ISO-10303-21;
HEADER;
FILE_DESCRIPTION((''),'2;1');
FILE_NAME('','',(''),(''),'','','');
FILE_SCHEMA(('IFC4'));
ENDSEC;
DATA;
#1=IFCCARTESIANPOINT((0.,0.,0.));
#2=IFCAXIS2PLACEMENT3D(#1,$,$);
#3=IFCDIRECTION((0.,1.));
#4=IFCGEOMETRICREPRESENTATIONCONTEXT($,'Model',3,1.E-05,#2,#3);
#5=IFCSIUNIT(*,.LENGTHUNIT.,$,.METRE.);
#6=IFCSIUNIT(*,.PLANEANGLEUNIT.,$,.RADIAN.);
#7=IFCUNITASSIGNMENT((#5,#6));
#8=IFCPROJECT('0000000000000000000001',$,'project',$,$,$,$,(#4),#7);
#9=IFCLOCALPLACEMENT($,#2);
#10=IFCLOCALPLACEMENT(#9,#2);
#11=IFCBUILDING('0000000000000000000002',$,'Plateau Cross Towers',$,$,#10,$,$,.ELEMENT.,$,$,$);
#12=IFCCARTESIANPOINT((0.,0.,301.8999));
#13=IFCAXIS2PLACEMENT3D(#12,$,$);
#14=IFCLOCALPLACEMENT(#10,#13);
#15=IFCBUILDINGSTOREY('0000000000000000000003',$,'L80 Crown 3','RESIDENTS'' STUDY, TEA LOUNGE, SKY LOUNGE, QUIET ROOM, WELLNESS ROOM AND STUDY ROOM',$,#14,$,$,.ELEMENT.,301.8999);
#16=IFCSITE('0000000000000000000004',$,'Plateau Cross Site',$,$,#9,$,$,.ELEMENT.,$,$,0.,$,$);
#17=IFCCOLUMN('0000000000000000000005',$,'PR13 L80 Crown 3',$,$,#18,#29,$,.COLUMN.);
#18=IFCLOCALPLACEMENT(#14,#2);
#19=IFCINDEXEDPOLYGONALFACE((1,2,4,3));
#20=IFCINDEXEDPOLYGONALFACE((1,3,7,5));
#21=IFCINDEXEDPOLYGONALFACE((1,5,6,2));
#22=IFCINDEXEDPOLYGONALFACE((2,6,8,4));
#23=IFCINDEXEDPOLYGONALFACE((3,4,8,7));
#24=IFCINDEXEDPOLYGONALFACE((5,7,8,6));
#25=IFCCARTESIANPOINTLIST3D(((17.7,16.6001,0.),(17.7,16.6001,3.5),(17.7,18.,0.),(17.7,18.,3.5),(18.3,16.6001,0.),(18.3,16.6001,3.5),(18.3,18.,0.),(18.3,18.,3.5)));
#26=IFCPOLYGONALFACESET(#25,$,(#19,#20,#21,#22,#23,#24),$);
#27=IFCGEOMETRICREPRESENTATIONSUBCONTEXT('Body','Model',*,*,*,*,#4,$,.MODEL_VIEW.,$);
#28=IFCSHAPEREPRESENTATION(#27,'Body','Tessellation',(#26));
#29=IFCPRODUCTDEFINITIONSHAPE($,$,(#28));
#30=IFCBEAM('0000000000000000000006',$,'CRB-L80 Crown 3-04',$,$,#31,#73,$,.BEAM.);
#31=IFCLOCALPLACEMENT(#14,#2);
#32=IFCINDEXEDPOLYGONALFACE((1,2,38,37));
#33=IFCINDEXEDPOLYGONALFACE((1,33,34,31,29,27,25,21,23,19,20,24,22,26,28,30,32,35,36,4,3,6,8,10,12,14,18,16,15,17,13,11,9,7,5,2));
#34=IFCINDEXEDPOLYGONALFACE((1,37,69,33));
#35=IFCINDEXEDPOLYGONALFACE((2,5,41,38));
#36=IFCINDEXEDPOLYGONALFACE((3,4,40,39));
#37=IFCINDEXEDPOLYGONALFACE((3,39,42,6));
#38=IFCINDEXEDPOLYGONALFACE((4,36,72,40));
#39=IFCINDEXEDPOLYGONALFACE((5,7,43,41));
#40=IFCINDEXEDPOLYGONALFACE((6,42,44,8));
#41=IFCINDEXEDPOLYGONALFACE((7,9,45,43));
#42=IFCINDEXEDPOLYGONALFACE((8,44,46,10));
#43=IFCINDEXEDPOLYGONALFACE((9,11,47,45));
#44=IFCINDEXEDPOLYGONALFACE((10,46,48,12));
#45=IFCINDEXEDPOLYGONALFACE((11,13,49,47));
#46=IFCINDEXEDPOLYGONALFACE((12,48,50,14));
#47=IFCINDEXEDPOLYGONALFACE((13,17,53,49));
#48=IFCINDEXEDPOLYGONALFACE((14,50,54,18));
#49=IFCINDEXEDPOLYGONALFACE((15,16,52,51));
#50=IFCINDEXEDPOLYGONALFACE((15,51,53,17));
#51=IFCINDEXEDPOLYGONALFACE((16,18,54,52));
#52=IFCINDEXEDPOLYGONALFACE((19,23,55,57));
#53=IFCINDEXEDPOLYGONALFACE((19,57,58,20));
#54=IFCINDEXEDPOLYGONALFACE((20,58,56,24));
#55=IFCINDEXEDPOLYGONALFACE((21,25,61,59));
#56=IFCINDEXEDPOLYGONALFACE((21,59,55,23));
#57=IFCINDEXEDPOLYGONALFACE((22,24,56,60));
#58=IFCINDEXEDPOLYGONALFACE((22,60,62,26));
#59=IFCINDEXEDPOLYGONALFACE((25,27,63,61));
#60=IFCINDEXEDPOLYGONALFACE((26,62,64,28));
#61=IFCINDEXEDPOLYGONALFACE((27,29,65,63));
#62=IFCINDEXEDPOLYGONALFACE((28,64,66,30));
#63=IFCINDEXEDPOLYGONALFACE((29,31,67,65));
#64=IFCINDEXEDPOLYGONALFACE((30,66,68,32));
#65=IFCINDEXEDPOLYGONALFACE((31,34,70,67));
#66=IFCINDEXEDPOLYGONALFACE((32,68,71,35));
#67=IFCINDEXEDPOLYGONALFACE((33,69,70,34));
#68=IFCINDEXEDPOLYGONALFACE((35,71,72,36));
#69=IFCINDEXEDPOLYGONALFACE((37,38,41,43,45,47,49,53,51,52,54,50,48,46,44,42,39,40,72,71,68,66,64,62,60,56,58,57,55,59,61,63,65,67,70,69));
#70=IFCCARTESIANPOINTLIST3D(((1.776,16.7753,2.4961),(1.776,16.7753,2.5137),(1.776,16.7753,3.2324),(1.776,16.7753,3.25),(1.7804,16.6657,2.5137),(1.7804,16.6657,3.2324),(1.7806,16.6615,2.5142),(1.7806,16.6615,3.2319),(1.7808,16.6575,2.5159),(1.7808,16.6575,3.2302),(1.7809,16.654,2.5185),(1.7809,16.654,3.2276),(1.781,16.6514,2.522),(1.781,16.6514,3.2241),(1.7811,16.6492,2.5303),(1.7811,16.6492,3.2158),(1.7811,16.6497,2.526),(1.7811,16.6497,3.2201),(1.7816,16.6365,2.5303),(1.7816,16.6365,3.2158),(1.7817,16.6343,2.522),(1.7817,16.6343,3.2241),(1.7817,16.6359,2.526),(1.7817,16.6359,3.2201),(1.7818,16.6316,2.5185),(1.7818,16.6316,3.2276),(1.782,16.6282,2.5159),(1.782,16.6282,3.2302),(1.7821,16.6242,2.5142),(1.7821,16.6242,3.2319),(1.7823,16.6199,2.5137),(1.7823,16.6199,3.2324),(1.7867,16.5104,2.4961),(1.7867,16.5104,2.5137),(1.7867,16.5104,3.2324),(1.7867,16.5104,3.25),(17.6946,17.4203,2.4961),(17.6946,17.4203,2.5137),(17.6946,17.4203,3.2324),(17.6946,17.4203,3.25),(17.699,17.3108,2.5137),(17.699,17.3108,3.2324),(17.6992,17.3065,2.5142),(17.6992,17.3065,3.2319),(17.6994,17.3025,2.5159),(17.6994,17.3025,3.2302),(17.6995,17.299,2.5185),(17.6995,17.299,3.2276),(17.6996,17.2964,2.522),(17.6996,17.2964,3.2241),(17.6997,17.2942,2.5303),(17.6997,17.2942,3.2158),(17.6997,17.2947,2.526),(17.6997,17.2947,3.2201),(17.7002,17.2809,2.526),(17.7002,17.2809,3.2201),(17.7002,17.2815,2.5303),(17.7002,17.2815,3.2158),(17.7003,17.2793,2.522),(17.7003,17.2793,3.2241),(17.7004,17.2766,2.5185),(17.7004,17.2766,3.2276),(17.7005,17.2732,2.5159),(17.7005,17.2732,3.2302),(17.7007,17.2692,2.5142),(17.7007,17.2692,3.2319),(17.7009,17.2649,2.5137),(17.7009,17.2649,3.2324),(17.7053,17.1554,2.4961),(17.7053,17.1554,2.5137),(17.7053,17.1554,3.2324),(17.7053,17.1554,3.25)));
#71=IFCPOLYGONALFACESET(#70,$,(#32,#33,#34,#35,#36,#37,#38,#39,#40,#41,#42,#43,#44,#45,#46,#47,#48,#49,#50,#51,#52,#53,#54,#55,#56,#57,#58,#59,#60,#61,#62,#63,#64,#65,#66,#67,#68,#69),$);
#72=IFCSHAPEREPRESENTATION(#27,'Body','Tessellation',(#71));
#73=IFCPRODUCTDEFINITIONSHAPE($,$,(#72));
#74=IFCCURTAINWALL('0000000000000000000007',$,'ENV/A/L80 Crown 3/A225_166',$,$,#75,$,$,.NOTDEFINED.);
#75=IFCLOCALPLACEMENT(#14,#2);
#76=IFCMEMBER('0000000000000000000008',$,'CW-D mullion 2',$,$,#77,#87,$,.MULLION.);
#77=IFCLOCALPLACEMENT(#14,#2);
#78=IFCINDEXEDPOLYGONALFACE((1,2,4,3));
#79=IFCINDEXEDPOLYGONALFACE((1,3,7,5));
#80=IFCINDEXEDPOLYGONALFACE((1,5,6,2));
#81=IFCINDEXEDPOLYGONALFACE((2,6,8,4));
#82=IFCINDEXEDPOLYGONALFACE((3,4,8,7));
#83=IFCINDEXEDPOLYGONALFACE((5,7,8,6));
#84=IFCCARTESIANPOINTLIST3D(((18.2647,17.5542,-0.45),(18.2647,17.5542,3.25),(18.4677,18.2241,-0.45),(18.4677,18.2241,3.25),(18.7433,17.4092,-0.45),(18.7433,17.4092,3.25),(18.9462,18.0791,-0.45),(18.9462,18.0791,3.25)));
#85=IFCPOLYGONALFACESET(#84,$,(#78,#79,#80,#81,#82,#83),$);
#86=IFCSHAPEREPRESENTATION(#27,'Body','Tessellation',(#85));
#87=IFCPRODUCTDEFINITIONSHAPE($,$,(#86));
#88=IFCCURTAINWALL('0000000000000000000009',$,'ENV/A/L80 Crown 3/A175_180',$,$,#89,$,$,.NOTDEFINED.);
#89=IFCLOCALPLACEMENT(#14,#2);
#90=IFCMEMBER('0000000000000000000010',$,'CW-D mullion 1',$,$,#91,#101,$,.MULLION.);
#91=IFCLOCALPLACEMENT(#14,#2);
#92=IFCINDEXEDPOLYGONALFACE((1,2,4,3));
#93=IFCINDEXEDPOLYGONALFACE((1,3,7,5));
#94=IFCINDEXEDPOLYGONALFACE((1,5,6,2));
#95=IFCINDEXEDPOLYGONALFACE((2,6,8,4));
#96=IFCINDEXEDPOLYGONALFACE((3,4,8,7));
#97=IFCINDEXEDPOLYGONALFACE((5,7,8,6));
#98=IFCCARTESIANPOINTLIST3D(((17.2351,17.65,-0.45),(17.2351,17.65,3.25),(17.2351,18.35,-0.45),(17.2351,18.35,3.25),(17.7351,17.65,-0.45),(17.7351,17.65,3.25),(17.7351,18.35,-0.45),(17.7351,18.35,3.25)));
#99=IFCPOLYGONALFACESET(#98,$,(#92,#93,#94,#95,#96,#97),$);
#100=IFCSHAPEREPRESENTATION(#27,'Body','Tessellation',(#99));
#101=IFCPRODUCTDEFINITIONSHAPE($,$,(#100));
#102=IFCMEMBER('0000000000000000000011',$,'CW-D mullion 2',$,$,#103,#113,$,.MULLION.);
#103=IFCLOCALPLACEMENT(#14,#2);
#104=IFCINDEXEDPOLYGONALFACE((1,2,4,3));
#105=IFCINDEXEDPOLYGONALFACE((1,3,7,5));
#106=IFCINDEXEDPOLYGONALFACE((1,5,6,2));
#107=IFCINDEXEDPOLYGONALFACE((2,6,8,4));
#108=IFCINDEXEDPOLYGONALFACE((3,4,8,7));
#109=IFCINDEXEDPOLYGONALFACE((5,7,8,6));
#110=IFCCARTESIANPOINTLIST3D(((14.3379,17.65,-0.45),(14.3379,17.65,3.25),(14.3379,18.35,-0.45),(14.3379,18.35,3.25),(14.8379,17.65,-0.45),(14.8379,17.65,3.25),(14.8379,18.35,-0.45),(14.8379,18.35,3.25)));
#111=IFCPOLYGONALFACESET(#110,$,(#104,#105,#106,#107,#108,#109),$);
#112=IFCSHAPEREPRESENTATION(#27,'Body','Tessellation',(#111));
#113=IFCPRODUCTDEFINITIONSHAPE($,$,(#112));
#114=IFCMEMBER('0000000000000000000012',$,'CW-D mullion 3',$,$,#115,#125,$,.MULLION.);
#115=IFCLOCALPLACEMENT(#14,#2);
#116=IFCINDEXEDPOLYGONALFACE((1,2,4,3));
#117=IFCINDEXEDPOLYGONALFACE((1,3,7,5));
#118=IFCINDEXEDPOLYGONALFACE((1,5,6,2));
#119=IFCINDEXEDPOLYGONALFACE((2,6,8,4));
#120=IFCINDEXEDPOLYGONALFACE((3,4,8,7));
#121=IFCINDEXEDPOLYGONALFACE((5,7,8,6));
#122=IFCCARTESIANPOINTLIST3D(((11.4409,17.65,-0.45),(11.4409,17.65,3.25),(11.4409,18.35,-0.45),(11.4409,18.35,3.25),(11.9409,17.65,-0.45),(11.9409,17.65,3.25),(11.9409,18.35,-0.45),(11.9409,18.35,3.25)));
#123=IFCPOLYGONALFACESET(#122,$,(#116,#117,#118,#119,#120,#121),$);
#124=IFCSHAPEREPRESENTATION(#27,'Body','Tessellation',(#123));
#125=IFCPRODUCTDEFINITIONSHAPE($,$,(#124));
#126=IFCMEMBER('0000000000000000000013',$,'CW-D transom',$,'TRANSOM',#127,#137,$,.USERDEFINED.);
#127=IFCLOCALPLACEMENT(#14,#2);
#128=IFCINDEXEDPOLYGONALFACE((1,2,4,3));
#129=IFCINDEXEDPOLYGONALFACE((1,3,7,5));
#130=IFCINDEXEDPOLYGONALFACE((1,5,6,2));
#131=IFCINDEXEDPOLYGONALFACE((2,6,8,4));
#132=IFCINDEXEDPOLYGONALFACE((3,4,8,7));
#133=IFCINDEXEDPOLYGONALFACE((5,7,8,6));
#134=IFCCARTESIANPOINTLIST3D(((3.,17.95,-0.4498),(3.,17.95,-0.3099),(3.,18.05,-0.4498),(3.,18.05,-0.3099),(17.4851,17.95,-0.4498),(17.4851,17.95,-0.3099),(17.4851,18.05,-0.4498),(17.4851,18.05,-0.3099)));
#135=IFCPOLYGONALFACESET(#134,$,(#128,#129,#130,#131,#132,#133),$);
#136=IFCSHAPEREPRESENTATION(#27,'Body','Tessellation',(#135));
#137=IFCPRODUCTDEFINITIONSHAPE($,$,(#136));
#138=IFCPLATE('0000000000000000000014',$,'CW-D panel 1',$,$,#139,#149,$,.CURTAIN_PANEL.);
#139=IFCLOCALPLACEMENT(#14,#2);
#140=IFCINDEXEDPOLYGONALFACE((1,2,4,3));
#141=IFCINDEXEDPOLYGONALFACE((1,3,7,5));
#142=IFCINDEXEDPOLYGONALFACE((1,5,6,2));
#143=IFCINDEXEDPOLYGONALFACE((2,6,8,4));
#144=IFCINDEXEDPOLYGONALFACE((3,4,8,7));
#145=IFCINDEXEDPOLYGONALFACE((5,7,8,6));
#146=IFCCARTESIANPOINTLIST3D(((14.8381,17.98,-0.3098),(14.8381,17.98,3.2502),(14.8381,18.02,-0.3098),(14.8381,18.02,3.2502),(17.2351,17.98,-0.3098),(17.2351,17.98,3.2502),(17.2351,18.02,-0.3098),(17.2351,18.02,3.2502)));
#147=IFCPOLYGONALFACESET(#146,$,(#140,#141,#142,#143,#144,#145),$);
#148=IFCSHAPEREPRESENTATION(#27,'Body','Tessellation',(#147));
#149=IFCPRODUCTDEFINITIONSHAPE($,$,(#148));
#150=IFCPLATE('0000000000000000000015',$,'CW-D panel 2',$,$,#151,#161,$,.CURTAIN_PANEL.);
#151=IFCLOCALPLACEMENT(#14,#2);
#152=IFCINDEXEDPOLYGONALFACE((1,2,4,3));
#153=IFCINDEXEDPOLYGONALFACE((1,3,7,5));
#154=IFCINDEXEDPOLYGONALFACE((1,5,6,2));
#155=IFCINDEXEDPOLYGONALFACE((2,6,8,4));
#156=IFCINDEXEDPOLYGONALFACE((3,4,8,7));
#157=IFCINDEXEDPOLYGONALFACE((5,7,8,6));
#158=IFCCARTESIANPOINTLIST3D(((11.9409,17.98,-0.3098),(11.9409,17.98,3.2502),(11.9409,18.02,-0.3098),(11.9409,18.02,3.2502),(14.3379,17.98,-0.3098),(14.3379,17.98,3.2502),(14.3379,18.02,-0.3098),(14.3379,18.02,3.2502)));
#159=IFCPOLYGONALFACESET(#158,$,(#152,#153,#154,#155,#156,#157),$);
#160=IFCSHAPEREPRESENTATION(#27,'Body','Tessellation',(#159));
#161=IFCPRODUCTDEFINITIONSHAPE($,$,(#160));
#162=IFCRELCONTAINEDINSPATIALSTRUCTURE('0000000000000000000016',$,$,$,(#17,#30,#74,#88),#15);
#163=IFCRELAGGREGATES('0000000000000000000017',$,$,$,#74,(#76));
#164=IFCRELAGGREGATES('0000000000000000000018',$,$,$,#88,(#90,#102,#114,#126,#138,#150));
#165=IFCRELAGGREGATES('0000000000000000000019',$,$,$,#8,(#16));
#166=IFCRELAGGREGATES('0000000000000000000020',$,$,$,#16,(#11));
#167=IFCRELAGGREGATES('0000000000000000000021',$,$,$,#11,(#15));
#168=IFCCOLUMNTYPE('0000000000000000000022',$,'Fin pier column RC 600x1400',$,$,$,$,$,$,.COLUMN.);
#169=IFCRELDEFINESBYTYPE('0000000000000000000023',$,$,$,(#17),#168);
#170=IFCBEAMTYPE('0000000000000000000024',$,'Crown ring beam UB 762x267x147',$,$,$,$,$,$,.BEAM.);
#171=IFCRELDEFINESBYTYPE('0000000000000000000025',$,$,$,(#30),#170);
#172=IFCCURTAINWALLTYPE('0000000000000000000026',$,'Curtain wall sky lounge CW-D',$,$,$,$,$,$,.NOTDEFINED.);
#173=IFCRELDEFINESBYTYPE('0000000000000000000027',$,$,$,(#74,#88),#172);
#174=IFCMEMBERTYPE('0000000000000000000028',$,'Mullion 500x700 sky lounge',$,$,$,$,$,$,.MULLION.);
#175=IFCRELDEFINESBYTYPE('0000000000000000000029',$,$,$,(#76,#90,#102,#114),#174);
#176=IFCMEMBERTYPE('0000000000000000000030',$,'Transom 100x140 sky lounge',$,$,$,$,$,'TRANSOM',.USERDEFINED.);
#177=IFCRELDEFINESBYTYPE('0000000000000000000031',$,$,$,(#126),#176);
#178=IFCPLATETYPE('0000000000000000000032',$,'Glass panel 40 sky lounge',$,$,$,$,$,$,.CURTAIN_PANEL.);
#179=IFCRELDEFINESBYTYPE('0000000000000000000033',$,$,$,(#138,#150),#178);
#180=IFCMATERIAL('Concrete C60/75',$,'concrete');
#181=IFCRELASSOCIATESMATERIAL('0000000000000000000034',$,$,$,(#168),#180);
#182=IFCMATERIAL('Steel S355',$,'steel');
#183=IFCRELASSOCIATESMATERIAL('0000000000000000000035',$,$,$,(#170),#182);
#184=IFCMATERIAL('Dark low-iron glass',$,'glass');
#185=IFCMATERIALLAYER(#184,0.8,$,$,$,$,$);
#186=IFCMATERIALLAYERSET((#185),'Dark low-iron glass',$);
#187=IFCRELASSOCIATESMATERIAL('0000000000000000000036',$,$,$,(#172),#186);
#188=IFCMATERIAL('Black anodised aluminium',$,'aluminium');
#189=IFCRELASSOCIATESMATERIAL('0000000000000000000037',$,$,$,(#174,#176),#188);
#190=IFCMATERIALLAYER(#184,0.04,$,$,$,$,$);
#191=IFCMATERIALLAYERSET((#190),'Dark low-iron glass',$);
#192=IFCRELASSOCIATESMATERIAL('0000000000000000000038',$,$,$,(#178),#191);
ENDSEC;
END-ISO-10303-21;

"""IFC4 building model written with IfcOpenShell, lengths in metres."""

from ifc_helpers import new_model, si_unit, direction, frame, origin, origin_2d, place, context, subcontext, project, spatial, rectangle, i_section, extrude, material, layer, layer_set, material_profile, profile_set, type_object, element, aggregate, save


model = new_model("IFC4")

# Units and contexts
model_context = context("Model", 3, precision=1e-05, world=origin(), true_north=direction((0.0, 1.0)))
body_context = subcontext(model_context, "Body", "Model", "MODEL_VIEW")
ifc_project = project(units=[si_unit("LENGTHUNIT", "METRE"), si_unit("PLANEANGLEUNIT", "RADIAN")], contexts=[model_context])

# Site, building, storey
site_placement = place(None, origin())
site = spatial("IfcSite", under=ifc_project, at=site_placement, Name="Plateau Cross Site", CompositionType="ELEMENT", RefElevation=0.0)
building_placement = place(site_placement, origin())
building = spatial("IfcBuilding", under=site, at=building_placement, Name="Plateau Cross Towers", CompositionType="ELEMENT")
storey_placement = place(building_placement, frame((0.0, 0.0, 301.8999)))
storey = spatial("IfcBuildingStorey", under=building, at=storey_placement, Name="L80 Crown 3", Description="RESIDENTS' STUDY, TEA LOUNGE, SKY LOUNGE, QUIET ROOM, WELLNESS ROOM AND STUDY ROOM", CompositionType="ELEMENT", Elevation=301.8999)

# Column
ifc_material_1 = material(Name="Concrete C60/75", Category="concrete")
ifc_material_profile_1 = material_profile(ifc_material_1, rectangle(XDim=0.6001, YDim=1.3999, at=origin_2d()), Name="RC 600x1400")
ifc_profile_set_1 = profile_set([ifc_material_profile_1], Name="Concrete C60/75")
column_type = type_object("IfcColumnType", Name="Fin pier column RC 600x1400", PredefinedType="COLUMN", material=ifc_profile_set_1)
column_placement = place(storey_placement, frame((18.0, 17.3, 0.0), z_axis=(0.0, 0.0, 1.0), x_axis=(1.0, 0.0, 0.0)))
element("IfcColumn", 1, at=column_placement, inside=storey, type_object=column_type, Name="PR13 L80 Crown 3", PredefinedType="COLUMN", context=body_context, shape_type="SweptSolid", body=[
    extrude(rectangle(XDim=0.6001, YDim=1.3999, at=origin_2d()), origin(), (0.0, 0.0, 1.0), 3.5),
])

# Beam
ifc_material_2 = material(Name="Steel S355", Category="steel")
ifc_material_profile_2 = material_profile(ifc_material_2, i_section(OverallWidth=0.2651, OverallDepth=0.7539, WebThickness=0.0127, FlangeThickness=0.0176, FilletRadius=0.0166, at=origin_2d()), Name="UB 762x267x147")
ifc_profile_set_2 = profile_set([ifc_material_profile_2], Name="Steel S355")
beam_type = type_object("IfcBeamType", Name="Crown ring beam UB 762x267x147", PredefinedType="BEAM", material=ifc_profile_set_2)
beam_placement = place(storey_placement, frame((17.7, 17.2878, 2.873), z_axis=(-0.99918, -0.040487, 0.0), x_axis=(0.040487, -0.99918, 0.0)))
element("IfcBeam", 2, at=beam_placement, inside=storey, type_object=beam_type, Name="CRB-L80 Crown 3-04", PredefinedType="BEAM", context=body_context, shape_type="SweptSolid", body=[
    extrude(i_section(OverallWidth=0.2651, OverallDepth=0.7539, WebThickness=0.0127, FlangeThickness=0.0176, FilletRadius=0.0166, at=origin_2d()), origin(), (0.0, 0.0, 1.0), 15.9316),
])

# Curtain wall, member
ifc_material_3 = material(Name="Dark low-iron glass", Category="glass")
ifc_layer_1 = layer(ifc_material_3, 0.8)
ifc_layer_set_1 = layer_set([ifc_layer_1], Name="Dark low-iron glass")
curtain_wall_type = type_object("IfcCurtainWallType", Name="Curtain wall sky lounge CW-D", PredefinedType="NOTDEFINED", material=ifc_layer_set_1)
curtain_wall_1_placement = place(storey_placement, origin())
curtain_wall_1 = element("IfcCurtainWall", 3, at=curtain_wall_1_placement, inside=storey, type_object=curtain_wall_type, Name="ENV/A/L80 Crown 3/A225_166", PredefinedType="NOTDEFINED")
ifc_material_4 = material(Name="Black anodised aluminium", Category="aluminium")
ifc_material_profile_3 = material_profile(ifc_material_4, rectangle(XDim=0.5, YDim=0.7, at=origin_2d()), Name="MULLION 500x700")
ifc_profile_set_3 = profile_set([ifc_material_profile_3], Name="Black anodised aluminium")
member_type_1 = type_object("IfcMemberType", Name="Mullion 500x700 sky lounge", PredefinedType="MULLION", material=ifc_profile_set_3)
member_1_placement = place(storey_placement, frame((18.6055, 17.8167, -0.45), z_axis=(0.0, 0.0, 1.0), x_axis=(-0.957048, 0.289928, 0.0)))
member_1 = element("IfcMember", 4, at=member_1_placement, type_object=member_type_1, Name="CW-D mullion 2", PredefinedType="MULLION", context=body_context, shape_type="SweptSolid", body=[
    extrude(rectangle(XDim=0.5, YDim=0.7, at=origin_2d()), origin(), (0.0, 0.0, 1.0), 3.7),
])
aggregate(curtain_wall_1, [member_1])

# Curtain wall, members, plates
curtain_wall_2_placement = place(storey_placement, origin())
curtain_wall_2 = element("IfcCurtainWall", 5, at=curtain_wall_2_placement, inside=storey, type_object=curtain_wall_type, Name="ENV/A/L80 Crown 3/A175_180", PredefinedType="NOTDEFINED")
member_2_placement = place(storey_placement, frame((17.4851, 18.0, -0.45), z_axis=(0.0, 0.0, 1.0), x_axis=(-1.0, 0.0, 0.0)))
member_2 = element("IfcMember", 6, at=member_2_placement, type_object=member_type_1, Name="CW-D mullion 1", PredefinedType="MULLION", context=body_context, shape_type="SweptSolid", body=[
    extrude(rectangle(XDim=0.5, YDim=0.7, at=origin_2d()), origin(), (0.0, 0.0, 1.0), 3.7),
])
member_3_placement = place(storey_placement, frame((14.5879, 18.0, -0.45), z_axis=(0.0, 0.0, 1.0), x_axis=(-1.0, 0.0, 0.0)))
member_3 = element("IfcMember", 7, at=member_3_placement, type_object=member_type_1, Name="CW-D mullion 2", PredefinedType="MULLION", context=body_context, shape_type="SweptSolid", body=[
    extrude(rectangle(XDim=0.5, YDim=0.7, at=origin_2d()), origin(), (0.0, 0.0, 1.0), 3.7),
])
member_4_placement = place(storey_placement, frame((11.6909, 18.0, -0.45), z_axis=(0.0, 0.0, 1.0), x_axis=(-1.0, 0.0, 0.0)))
member_4 = element("IfcMember", 8, at=member_4_placement, type_object=member_type_1, Name="CW-D mullion 3", PredefinedType="MULLION", context=body_context, shape_type="SweptSolid", body=[
    extrude(rectangle(XDim=0.5, YDim=0.7, at=origin_2d()), origin(), (0.0, 0.0, 1.0), 3.7),
])
ifc_material_profile_4 = material_profile(ifc_material_4, rectangle(XDim=0.1001, YDim=0.1399, at=origin_2d()), Name="TRANSOM 100x140")
ifc_profile_set_4 = profile_set([ifc_material_profile_4], Name="Black anodised aluminium")
member_type_2 = type_object("IfcMemberType", Name="Transom 100x140 sky lounge", ElementType="TRANSOM", PredefinedType="USERDEFINED", material=ifc_profile_set_4)
member_5_placement = place(storey_placement, frame((17.4851, 18.0, -0.3799), z_axis=(-1.0, 0.0, 0.0), x_axis=(0.0, -1.0, 0.0)))
member_5 = element("IfcMember", 9, at=member_5_placement, type_object=member_type_2, Name="CW-D transom", ObjectType="TRANSOM", PredefinedType="USERDEFINED", context=body_context, shape_type="SweptSolid", body=[
    extrude(rectangle(XDim=0.1001, YDim=0.1399, at=origin_2d()), origin(), (0.0, 0.0, 1.0), 14.4851),
])
ifc_layer_2 = layer(ifc_material_3, 0.04)
ifc_layer_set_2 = layer_set([ifc_layer_2], Name="Dark low-iron glass")
plate_type = type_object("IfcPlateType", Name="Glass panel 40 sky lounge", PredefinedType="CURTAIN_PANEL", material=ifc_layer_set_2)
plate_1_placement = place(storey_placement, frame((16.0366, 18.0, -0.3098), z_axis=(0.0, 0.0, 1.0), x_axis=(-1.0, 0.0, 0.0)))
plate_1 = element("IfcPlate", 10, at=plate_1_placement, type_object=plate_type, Name="CW-D panel 1", PredefinedType="CURTAIN_PANEL", context=body_context, shape_type="SweptSolid", body=[
    extrude(rectangle(XDim=2.397, YDim=0.04, at=origin_2d()), origin(), (0.0, 0.0, 1.0), 3.5601),
])
plate_2_placement = place(storey_placement, frame((13.1394, 18.0, -0.3098), z_axis=(0.0, 0.0, 1.0), x_axis=(-1.0, 0.0, 0.0)))
plate_2 = element("IfcPlate", 11, at=plate_2_placement, type_object=plate_type, Name="CW-D panel 2", PredefinedType="CURTAIN_PANEL", context=body_context, shape_type="SweptSolid", body=[
    extrude(rectangle(XDim=2.397, YDim=0.04, at=origin_2d()), origin(), (0.0, 0.0, 1.0), 3.5601),
])
aggregate(curtain_wall_2, [member_2, member_3, member_4, member_5, plate_1, plate_2])

save(model, "model.ifc")
